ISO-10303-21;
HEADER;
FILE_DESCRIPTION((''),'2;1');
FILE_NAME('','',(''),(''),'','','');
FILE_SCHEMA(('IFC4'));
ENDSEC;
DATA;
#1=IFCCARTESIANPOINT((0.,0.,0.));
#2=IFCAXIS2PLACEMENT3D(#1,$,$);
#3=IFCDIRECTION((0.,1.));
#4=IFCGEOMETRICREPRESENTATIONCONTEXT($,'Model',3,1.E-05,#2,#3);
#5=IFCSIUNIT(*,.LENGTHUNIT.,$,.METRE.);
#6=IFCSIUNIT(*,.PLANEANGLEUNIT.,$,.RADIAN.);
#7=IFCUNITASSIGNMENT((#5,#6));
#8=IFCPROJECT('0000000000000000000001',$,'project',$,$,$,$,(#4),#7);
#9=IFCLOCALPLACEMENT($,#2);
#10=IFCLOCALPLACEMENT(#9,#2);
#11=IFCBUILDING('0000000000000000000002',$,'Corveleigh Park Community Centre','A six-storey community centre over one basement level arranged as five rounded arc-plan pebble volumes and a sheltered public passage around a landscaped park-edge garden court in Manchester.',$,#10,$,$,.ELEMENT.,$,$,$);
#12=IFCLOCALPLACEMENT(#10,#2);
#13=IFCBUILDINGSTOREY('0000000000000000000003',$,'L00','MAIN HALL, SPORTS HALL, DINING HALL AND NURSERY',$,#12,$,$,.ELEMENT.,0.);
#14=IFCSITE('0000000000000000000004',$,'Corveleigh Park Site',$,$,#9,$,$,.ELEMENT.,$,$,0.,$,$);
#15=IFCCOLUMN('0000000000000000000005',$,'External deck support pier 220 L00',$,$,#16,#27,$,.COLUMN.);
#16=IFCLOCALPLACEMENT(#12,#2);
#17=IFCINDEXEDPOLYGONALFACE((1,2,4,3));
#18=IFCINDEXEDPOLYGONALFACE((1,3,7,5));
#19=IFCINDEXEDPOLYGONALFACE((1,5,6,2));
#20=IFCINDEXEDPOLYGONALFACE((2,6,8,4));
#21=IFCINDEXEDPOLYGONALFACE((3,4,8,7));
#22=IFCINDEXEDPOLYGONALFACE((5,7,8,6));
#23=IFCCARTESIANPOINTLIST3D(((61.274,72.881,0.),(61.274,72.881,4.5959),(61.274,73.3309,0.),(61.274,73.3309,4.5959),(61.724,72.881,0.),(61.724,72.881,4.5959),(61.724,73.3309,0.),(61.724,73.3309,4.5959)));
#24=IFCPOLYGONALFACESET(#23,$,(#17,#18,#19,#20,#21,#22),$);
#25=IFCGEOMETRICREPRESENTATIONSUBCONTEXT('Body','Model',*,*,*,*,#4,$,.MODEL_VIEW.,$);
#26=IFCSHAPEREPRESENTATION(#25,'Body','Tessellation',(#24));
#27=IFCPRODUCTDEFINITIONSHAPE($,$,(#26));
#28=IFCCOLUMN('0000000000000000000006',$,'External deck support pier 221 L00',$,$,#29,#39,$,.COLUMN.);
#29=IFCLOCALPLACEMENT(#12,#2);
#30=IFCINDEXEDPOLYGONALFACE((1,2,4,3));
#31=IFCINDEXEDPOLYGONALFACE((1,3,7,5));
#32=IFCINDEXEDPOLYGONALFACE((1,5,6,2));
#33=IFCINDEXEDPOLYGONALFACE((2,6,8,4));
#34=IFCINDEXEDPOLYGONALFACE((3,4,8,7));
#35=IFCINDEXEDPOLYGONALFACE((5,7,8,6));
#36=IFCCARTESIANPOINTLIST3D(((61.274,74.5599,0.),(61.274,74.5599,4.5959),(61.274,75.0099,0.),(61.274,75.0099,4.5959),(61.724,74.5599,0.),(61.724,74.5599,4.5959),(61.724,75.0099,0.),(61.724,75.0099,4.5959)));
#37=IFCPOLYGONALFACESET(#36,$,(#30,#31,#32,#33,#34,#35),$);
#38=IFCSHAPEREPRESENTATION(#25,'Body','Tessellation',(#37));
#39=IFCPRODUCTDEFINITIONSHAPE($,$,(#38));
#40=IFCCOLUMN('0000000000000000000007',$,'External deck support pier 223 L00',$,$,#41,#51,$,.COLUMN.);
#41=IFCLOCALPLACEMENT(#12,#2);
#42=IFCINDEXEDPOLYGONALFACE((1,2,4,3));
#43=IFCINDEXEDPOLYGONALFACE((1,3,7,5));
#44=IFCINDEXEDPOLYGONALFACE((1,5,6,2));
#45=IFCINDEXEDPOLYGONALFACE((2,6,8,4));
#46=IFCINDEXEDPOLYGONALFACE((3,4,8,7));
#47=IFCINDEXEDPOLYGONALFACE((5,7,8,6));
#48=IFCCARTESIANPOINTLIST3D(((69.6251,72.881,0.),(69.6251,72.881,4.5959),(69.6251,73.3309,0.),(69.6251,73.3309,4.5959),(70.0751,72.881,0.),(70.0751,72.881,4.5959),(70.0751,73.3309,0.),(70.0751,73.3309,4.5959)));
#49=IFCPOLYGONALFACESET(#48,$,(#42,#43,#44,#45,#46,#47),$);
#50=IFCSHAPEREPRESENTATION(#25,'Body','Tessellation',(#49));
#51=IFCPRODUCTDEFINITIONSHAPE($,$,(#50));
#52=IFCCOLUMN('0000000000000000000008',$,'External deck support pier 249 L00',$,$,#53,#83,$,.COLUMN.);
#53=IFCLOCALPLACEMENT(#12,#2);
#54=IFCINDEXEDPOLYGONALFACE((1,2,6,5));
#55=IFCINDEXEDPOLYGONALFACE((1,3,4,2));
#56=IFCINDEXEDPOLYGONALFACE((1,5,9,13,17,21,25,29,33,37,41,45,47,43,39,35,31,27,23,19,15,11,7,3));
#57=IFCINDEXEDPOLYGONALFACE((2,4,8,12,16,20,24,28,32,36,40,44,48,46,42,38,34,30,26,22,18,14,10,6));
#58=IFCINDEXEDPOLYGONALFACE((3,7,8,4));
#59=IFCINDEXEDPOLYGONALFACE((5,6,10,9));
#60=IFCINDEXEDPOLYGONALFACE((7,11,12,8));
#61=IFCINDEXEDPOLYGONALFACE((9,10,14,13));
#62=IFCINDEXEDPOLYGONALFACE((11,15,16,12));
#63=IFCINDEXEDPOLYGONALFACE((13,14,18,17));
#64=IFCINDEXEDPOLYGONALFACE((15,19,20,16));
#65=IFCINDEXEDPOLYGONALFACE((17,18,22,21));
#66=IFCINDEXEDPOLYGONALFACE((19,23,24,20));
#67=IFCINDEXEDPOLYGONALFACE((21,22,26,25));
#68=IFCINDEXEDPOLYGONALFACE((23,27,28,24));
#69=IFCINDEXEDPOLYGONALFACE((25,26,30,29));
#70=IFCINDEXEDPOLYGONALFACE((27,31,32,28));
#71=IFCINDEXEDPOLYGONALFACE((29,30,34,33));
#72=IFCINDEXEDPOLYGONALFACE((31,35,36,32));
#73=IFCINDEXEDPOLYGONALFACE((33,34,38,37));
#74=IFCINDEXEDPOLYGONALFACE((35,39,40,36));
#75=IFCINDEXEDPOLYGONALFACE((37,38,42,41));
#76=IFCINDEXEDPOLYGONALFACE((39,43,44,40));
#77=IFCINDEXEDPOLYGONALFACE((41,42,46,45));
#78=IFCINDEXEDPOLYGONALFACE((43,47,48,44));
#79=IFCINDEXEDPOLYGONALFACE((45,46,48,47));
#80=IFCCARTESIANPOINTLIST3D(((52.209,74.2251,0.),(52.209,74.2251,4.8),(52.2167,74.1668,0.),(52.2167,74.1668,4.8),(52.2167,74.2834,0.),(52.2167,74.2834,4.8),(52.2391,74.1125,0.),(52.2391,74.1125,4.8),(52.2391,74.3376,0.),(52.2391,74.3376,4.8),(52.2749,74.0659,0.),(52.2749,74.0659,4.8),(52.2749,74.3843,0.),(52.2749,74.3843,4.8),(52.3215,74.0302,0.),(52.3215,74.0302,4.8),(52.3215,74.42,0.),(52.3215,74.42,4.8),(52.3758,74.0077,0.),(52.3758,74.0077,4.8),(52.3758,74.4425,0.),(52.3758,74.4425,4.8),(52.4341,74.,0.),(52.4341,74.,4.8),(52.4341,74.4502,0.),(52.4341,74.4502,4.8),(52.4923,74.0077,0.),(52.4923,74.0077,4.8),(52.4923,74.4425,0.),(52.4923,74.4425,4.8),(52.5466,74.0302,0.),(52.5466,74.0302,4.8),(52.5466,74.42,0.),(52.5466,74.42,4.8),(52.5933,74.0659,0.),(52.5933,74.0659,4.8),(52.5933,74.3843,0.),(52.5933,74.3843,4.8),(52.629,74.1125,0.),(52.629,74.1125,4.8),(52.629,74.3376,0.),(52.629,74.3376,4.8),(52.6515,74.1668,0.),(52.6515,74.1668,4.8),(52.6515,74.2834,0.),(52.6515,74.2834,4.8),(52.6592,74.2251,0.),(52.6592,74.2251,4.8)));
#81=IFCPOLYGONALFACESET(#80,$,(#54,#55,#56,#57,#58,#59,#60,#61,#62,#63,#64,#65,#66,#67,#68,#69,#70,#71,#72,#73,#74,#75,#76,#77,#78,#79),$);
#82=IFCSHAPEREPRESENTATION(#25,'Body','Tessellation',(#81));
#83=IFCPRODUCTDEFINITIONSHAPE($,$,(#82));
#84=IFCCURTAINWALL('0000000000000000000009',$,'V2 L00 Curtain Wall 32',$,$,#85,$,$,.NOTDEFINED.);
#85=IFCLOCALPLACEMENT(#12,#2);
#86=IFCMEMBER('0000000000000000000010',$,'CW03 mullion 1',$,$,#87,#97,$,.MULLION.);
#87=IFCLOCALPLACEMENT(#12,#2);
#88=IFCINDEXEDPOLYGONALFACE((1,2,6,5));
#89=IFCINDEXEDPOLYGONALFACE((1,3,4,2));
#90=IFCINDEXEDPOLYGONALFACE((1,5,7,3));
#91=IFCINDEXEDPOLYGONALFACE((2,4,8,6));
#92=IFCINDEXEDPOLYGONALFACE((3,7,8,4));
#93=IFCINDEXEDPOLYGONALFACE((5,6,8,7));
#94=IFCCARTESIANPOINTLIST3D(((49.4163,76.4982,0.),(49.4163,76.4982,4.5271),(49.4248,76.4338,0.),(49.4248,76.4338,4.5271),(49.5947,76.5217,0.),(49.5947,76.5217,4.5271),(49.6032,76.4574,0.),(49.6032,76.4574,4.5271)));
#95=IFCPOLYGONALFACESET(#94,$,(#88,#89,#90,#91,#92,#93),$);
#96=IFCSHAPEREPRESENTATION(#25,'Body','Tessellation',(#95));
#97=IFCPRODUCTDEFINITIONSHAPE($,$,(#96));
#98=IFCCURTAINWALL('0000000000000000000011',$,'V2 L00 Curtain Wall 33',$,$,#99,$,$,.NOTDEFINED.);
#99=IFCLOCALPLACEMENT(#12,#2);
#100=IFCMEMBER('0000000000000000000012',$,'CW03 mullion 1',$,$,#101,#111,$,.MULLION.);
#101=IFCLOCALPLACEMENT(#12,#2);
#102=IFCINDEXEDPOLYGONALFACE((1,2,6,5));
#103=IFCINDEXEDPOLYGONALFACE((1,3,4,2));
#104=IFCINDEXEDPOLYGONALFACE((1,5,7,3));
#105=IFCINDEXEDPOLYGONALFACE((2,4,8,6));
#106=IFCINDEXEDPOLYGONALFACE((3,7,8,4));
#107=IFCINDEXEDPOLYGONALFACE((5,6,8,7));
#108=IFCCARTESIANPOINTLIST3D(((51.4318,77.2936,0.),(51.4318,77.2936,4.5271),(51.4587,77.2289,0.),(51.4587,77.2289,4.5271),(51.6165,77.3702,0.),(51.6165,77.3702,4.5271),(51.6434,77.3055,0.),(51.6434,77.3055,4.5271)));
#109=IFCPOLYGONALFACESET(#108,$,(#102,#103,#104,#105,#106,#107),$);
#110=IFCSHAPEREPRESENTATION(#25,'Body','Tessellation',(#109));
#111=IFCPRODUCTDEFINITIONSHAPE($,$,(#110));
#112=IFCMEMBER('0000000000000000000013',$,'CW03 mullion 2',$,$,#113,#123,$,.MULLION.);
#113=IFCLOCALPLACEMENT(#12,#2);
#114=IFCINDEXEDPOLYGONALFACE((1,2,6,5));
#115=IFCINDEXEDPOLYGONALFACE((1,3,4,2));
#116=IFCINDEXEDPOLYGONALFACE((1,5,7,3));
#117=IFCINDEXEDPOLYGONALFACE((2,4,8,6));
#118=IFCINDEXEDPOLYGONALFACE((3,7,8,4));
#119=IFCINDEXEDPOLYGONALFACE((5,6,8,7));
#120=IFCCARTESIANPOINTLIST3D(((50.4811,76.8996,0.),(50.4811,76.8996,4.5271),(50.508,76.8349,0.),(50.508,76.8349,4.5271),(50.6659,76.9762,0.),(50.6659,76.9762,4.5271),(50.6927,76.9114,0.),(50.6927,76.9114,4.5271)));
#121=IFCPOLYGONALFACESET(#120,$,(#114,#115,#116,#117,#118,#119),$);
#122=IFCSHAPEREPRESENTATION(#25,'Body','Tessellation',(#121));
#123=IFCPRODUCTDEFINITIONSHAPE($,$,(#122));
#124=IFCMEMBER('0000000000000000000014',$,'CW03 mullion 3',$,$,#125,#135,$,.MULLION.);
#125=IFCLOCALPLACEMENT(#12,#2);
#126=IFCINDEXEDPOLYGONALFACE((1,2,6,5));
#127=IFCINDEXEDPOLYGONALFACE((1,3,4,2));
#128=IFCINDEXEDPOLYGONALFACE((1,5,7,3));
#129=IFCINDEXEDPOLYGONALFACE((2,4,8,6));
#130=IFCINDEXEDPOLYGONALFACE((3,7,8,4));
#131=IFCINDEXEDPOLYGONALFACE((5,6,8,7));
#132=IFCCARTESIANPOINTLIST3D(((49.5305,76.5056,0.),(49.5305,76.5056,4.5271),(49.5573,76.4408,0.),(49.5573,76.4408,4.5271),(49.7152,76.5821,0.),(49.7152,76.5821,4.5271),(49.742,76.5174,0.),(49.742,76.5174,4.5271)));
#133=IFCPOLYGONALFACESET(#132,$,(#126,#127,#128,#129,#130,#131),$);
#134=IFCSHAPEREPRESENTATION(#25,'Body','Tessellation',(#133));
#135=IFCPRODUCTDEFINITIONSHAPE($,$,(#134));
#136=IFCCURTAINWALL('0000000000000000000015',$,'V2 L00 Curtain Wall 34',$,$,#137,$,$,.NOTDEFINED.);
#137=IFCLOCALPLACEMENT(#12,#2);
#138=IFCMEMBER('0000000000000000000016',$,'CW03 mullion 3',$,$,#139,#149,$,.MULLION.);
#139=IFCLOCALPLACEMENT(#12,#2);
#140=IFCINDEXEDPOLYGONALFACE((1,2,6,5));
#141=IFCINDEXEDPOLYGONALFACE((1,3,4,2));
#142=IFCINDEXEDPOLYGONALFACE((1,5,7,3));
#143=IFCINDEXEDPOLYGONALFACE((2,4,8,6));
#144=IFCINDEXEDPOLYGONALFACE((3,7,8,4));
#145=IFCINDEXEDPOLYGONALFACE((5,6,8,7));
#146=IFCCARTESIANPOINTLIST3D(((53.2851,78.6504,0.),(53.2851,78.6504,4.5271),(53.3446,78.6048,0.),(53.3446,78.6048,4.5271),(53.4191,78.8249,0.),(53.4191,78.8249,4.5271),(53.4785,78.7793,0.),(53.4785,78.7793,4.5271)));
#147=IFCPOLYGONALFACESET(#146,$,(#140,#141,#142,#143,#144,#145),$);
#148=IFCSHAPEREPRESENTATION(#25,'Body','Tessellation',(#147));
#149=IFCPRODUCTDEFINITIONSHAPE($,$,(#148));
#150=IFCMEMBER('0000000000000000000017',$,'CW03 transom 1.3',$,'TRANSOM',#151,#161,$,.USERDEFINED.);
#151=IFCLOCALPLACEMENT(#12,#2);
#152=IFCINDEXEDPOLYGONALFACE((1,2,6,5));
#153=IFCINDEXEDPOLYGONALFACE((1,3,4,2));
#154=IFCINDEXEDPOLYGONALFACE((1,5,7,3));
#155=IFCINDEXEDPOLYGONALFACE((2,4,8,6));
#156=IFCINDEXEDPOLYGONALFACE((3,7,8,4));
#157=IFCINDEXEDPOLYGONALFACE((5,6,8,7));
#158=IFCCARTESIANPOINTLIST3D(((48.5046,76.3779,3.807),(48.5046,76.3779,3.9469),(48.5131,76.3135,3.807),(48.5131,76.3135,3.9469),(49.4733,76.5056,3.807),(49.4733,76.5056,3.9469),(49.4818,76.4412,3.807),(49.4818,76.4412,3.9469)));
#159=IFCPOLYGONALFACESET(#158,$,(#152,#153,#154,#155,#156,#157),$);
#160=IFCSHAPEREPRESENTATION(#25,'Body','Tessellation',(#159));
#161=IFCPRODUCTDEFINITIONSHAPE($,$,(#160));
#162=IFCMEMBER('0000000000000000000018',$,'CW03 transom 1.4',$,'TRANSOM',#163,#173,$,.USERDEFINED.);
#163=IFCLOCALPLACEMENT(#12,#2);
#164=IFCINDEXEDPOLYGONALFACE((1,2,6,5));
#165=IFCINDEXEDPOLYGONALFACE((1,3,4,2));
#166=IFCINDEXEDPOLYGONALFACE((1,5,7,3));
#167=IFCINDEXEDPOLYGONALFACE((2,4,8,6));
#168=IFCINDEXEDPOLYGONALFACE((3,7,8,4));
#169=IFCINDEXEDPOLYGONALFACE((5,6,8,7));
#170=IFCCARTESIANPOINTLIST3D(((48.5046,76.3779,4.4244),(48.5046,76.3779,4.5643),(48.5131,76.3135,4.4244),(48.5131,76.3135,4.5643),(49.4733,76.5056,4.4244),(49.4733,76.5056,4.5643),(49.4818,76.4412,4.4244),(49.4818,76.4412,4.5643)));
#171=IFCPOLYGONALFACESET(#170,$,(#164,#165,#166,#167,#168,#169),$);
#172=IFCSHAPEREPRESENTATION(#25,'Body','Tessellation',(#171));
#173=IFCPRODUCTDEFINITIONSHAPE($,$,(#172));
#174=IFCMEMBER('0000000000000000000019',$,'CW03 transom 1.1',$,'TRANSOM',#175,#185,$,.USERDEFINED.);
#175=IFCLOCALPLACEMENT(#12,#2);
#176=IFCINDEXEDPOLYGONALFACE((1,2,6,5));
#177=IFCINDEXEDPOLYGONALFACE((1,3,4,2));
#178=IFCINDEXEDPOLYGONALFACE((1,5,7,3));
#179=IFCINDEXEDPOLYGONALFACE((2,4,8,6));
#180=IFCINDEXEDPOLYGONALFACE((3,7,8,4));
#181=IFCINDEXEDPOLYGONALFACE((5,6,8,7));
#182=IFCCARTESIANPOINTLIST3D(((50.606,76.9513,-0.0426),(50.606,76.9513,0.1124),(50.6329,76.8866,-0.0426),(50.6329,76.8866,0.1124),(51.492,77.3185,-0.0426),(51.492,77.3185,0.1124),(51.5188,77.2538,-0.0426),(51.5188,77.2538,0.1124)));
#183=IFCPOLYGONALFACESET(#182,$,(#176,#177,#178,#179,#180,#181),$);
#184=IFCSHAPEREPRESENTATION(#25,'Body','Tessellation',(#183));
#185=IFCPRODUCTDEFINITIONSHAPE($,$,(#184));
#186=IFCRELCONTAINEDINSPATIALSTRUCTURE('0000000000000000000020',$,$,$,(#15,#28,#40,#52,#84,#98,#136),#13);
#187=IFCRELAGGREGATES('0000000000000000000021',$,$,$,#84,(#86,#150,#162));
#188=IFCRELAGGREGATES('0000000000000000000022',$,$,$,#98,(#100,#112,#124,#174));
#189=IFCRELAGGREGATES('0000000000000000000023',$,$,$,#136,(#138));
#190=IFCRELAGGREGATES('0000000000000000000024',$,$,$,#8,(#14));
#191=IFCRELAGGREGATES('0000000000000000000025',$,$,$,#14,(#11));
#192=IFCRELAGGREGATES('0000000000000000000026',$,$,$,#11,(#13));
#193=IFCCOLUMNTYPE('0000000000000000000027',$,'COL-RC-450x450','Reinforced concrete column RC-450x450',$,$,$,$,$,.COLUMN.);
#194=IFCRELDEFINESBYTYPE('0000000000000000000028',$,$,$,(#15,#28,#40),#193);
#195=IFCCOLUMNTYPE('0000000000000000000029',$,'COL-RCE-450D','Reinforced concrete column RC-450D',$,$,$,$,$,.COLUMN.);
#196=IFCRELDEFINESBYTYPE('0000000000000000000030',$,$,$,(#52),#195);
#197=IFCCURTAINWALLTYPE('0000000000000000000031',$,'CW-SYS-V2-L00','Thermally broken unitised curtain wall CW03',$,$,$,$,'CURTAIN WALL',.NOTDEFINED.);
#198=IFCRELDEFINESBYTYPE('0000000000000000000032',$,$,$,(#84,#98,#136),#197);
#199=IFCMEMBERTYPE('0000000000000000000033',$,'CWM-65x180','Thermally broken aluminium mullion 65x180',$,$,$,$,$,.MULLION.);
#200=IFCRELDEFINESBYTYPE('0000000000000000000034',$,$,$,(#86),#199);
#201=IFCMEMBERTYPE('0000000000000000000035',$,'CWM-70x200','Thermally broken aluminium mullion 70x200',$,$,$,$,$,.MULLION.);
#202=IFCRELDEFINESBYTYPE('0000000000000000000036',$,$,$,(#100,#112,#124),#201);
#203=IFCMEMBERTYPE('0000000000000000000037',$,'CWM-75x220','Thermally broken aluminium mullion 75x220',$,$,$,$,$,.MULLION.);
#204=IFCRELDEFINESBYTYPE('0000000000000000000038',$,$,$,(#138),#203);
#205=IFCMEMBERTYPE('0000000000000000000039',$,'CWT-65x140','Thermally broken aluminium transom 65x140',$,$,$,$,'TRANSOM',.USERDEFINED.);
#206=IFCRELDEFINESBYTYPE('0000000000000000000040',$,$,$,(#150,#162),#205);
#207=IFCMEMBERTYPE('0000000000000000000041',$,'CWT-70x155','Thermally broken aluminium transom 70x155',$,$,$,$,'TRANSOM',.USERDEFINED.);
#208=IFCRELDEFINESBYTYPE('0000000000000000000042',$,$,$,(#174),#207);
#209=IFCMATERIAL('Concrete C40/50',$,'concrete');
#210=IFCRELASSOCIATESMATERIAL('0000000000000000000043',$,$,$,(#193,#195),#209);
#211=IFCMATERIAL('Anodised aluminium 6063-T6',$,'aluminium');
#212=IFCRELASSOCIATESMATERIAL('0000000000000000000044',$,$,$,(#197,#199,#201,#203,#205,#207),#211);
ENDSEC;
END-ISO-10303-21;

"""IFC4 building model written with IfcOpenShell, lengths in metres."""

from ifc_helpers import new_model, si_unit, direction, frame, origin, origin_2d, place, context, subcontext, project, spatial, rectangle, circle, extrude, material, material_profile, profile_set, type_object, element, aggregate, save


model = new_model("IFC4")

# Units and contexts
model_context = context("Model", 3, precision=1e-05, world=origin(), true_north=direction((0.0, 1.0)))
body_context = subcontext(model_context, "Body", "Model", "MODEL_VIEW")
ifc_project = project(units=[si_unit("LENGTHUNIT", "METRE"), si_unit("PLANEANGLEUNIT", "RADIAN")], contexts=[model_context])

# Site, building, storey
site_placement = place(None, origin())
site = spatial("IfcSite", under=ifc_project, at=site_placement, Name="Corveleigh Park Site", CompositionType="ELEMENT", RefElevation=0.0)
building_placement = place(site_placement, origin())
building = spatial("IfcBuilding", under=site, at=building_placement, Name="Corveleigh Park Community Centre", Description="A six-storey community centre over one basement level arranged as five rounded arc-plan pebble volumes and a sheltered public passage around a landscaped park-edge garden court in Manchester.", CompositionType="ELEMENT")
storey_placement = place(building_placement, origin())
storey = spatial("IfcBuildingStorey", under=building, at=storey_placement, Name="L00", Description="MAIN HALL, SPORTS HALL, DINING HALL AND NURSERY", CompositionType="ELEMENT", Elevation=0.0)

# Columns
ifc_material_1 = material(Name="Concrete C40/50", Category="concrete")
ifc_material_profile_1 = material_profile(ifc_material_1, rectangle(XDim=0.45, YDim=0.45, at=origin_2d()), Name="RC-450x450", Category="concrete")
ifc_profile_set_1 = profile_set([ifc_material_profile_1], Name="Concrete C40/50")
column_type_1 = type_object("IfcColumnType", Name="COL-RC-450x450", Description="Reinforced concrete column RC-450x450", PredefinedType="COLUMN", material=ifc_profile_set_1)
for number, where, z_axis, x_axis, name in (
    (1, (61.499, 73.106, 0.0), (0.0, 0.0, 1.0), (1.0, 0.0, 0.0), "External deck support pier 220 L00"),
    (2, (61.499, 74.7849, 0.0), (0.0, 0.0, 1.0), (1.0, 0.0, 0.0), "External deck support pier 221 L00"),
    (3, (69.8501, 73.106, 0.0), (0.0, 0.0, 1.0), (1.0, 0.0, 0.0), "External deck support pier 223 L00"),
):
    element("IfcColumn", number, at=place(storey_placement, frame(where, z_axis=z_axis, x_axis=x_axis)), inside=storey, type_object=column_type_1, Name=name, PredefinedType="COLUMN", context=body_context, shape_type="SweptSolid", body=[
        extrude(rectangle(XDim=0.45, YDim=0.45, at=origin_2d()), origin(), (0.0, 0.0, 1.0), 4.5959),
    ])
ifc_material_profile_2 = material_profile(ifc_material_1, circle(Radius=0.2251, at=origin_2d()), Name="RC-450D", Category="concrete")
ifc_profile_set_2 = profile_set([ifc_material_profile_2], Name="Concrete C40/50")
column_type_2 = type_object("IfcColumnType", Name="COL-RCE-450D", Description="Reinforced concrete column RC-450D", PredefinedType="COLUMN", material=ifc_profile_set_2)
column_placement = place(storey_placement, frame((52.4341, 74.2251, 0.0), z_axis=(0.0, 0.0, 1.0), x_axis=(1.0, 0.0, 0.0)))
element("IfcColumn", 4, at=column_placement, inside=storey, type_object=column_type_2, Name="External deck support pier 249 L00", PredefinedType="COLUMN", context=body_context, shape_type="SweptSolid", body=[
    extrude(circle(Radius=0.2251, at=origin_2d()), origin(), (0.0, 0.0, 1.0), 4.8),
])

# Curtain wall, member
ifc_material_2 = material(Name="Anodised aluminium 6063-T6", Category="aluminium")
curtain_wall_type = type_object("IfcCurtainWallType", Name="CW-SYS-V2-L00", Description="Thermally broken unitised curtain wall CW03", ElementType="CURTAIN WALL", PredefinedType="NOTDEFINED", material=ifc_material_2)
curtain_wall_1_placement = place(storey_placement, origin())
curtain_wall_1 = element("IfcCurtainWall", 5, at=curtain_wall_1_placement, inside=storey, type_object=curtain_wall_type, Name="V2 L00 Curtain Wall 32", PredefinedType="NOTDEFINED")
ifc_material_profile_3 = material_profile(ifc_material_2, rectangle(XDim=0.0649, YDim=0.1799, at=origin_2d()), Name="ALU-M65x180", Category="aluminium")
ifc_profile_set_3 = profile_set([ifc_material_profile_3], Name="Anodised aluminium 6063-T6")
member_type_1 = type_object("IfcMemberType", Name="CWM-65x180", Description="Thermally broken aluminium mullion 65x180", PredefinedType="MULLION", material=ifc_profile_set_3)
member_1_placement = place(storey_placement, frame((49.5098, 76.4778, 0.0), z_axis=(0.0, 0.0, 1.0), x_axis=(0.130731, -0.991418, 0.0)))
member_1 = element("IfcMember", 6, at=member_1_placement, type_object=member_type_1, Name="CW03 mullion 1", PredefinedType="MULLION", context=body_context, shape_type="SweptSolid", body=[
    extrude(rectangle(XDim=0.0649, YDim=0.1799, at=origin_2d()), origin(), (0.0, 0.0, 1.0), 4.5271),
])

# Curtain wall, members
curtain_wall_2_placement = place(storey_placement, origin())
curtain_wall_2 = element("IfcCurtainWall", 7, at=curtain_wall_2_placement, inside=storey, type_object=curtain_wall_type, Name="V2 L00 Curtain Wall 33", PredefinedType="NOTDEFINED")
ifc_material_profile_4 = material_profile(ifc_material_2, rectangle(XDim=0.0701, YDim=0.2, at=origin_2d()), Name="ALU-M70x200", Category="aluminium")
ifc_profile_set_4 = profile_set([ifc_material_profile_4], Name="Anodised aluminium 6063-T6")
member_type_2 = type_object("IfcMemberType", Name="CWM-70x200", Description="Thermally broken aluminium mullion 70x200", PredefinedType="MULLION", material=ifc_profile_set_4)
member_2_placement = place(storey_placement, frame((51.5376, 77.2996, 0.0), z_axis=(0.0, 0.0, 1.0), x_axis=(0.382947, -0.92377, 0.0)))
member_2 = element("IfcMember", 8, at=member_2_placement, type_object=member_type_2, Name="CW03 mullion 1", PredefinedType="MULLION", context=body_context, shape_type="SweptSolid", body=[
    extrude(rectangle(XDim=0.0701, YDim=0.2, at=origin_2d()), origin(), (0.0, 0.0, 1.0), 4.5271),
])
member_3_placement = place(storey_placement, frame((50.5869, 76.9055, 0.0), z_axis=(0.0, 0.0, 1.0), x_axis=(0.382947, -0.92377, 0.0)))
member_3 = element("IfcMember", 9, at=member_3_placement, type_object=member_type_2, Name="CW03 mullion 2", PredefinedType="MULLION", context=body_context, shape_type="SweptSolid", body=[
    extrude(rectangle(XDim=0.0701, YDim=0.2, at=origin_2d()), origin(), (0.0, 0.0, 1.0), 4.5271),
])
member_4_placement = place(storey_placement, frame((49.6362, 76.5115, 0.0), z_axis=(0.0, 0.0, 1.0), x_axis=(0.382947, -0.92377, 0.0)))
member_4 = element("IfcMember", 10, at=member_4_placement, type_object=member_type_2, Name="CW03 mullion 3", PredefinedType="MULLION", context=body_context, shape_type="SweptSolid", body=[
    extrude(rectangle(XDim=0.0701, YDim=0.2, at=origin_2d()), origin(), (0.0, 0.0, 1.0), 4.5271),
])

# Curtain wall, member
curtain_wall_3_placement = place(storey_placement, origin())
curtain_wall_3 = element("IfcCurtainWall", 11, at=curtain_wall_3_placement, inside=storey, type_object=curtain_wall_type, Name="V2 L00 Curtain Wall 34", PredefinedType="NOTDEFINED")
ifc_material_profile_5 = material_profile(ifc_material_2, rectangle(XDim=0.075, YDim=0.22, at=origin_2d()), Name="ALU-M75x220", Category="aluminium")
ifc_profile_set_5 = profile_set([ifc_material_profile_5], Name="Anodised aluminium 6063-T6")
member_type_3 = type_object("IfcMemberType", Name="CWM-75x220", Description="Thermally broken aluminium mullion 75x220", PredefinedType="MULLION", material=ifc_profile_set_5)
member_5_placement = place(storey_placement, frame((53.3818, 78.7148, 0.0), z_axis=(0.0, 0.0, 1.0), x_axis=(0.793304, -0.608826, 0.0)))
member_5 = element("IfcMember", 12, at=member_5_placement, type_object=member_type_3, Name="CW03 mullion 3", PredefinedType="MULLION", context=body_context, shape_type="SweptSolid", body=[
    extrude(rectangle(XDim=0.075, YDim=0.22, at=origin_2d()), origin(), (0.0, 0.0, 1.0), 4.5271),
])

# Members
ifc_material_profile_6 = material_profile(ifc_material_2, rectangle(XDim=0.0649, YDim=0.1399, at=origin_2d()), Name="ALU-T65x140", Category="aluminium")
ifc_profile_set_6 = profile_set([ifc_material_profile_6], Name="Anodised aluminium 6063-T6")
member_type_4 = type_object("IfcMemberType", Name="CWT-65x140", Description="Thermally broken aluminium transom 65x140", ElementType="TRANSOM", PredefinedType="USERDEFINED", material=ifc_profile_set_6)
member_6_placement = place(storey_placement, frame((49.4775, 76.4734, 3.877), z_axis=(-0.991425, -0.130674, 0.0), x_axis=(0.130674, -0.991425, 0.0)))
member_6 = element("IfcMember", 13, at=member_6_placement, type_object=member_type_4, Name="CW03 transom 1.3", ObjectType="TRANSOM", PredefinedType="USERDEFINED", context=body_context, shape_type="SweptSolid", body=[
    extrude(rectangle(XDim=0.0649, YDim=0.1399, at=origin_2d()), origin(), (0.0, 0.0, 1.0), 0.9771),
])
member_7_placement = place(storey_placement, frame((49.4775, 76.4734, 4.4944), z_axis=(-0.991425, -0.130674, 0.0), x_axis=(0.130674, -0.991425, 0.0)))
member_7 = element("IfcMember", 14, at=member_7_placement, type_object=member_type_4, Name="CW03 transom 1.4", ObjectType="TRANSOM", PredefinedType="USERDEFINED", context=body_context, shape_type="SweptSolid", body=[
    extrude(rectangle(XDim=0.0649, YDim=0.1399, at=origin_2d()), origin(), (0.0, 0.0, 1.0), 0.9771),
])
aggregate(curtain_wall_1, [member_1, member_6, member_7])
ifc_material_profile_7 = material_profile(ifc_material_2, rectangle(XDim=0.0701, YDim=0.155, at=origin_2d()), Name="ALU-T70x155", Category="aluminium")
ifc_profile_set_7 = profile_set([ifc_material_profile_7], Name="Anodised aluminium 6063-T6")
member_type_5 = type_object("IfcMemberType", Name="CWT-70x155", Description="Thermally broken aluminium transom 70x155", ElementType="TRANSOM", PredefinedType="USERDEFINED", material=ifc_profile_set_7)
member_8_placement = place(storey_placement, frame((51.5054, 77.2861, 0.0349), z_axis=(-0.923806, -0.382861, 0.0), x_axis=(0.382861, -0.923806, 0.0)))
member_8 = element("IfcMember", 15, at=member_8_placement, type_object=member_type_5, Name="CW03 transom 1.1", ObjectType="TRANSOM", PredefinedType="USERDEFINED", context=body_context, shape_type="SweptSolid", body=[
    extrude(rectangle(XDim=0.0701, YDim=0.155, at=origin_2d()), origin(), (0.0, 0.0, 1.0), 0.959),
])

aggregate(curtain_wall_2, [member_2, member_3, member_4, member_8])
aggregate(curtain_wall_3, [member_5])

save(model, "model.ifc")
